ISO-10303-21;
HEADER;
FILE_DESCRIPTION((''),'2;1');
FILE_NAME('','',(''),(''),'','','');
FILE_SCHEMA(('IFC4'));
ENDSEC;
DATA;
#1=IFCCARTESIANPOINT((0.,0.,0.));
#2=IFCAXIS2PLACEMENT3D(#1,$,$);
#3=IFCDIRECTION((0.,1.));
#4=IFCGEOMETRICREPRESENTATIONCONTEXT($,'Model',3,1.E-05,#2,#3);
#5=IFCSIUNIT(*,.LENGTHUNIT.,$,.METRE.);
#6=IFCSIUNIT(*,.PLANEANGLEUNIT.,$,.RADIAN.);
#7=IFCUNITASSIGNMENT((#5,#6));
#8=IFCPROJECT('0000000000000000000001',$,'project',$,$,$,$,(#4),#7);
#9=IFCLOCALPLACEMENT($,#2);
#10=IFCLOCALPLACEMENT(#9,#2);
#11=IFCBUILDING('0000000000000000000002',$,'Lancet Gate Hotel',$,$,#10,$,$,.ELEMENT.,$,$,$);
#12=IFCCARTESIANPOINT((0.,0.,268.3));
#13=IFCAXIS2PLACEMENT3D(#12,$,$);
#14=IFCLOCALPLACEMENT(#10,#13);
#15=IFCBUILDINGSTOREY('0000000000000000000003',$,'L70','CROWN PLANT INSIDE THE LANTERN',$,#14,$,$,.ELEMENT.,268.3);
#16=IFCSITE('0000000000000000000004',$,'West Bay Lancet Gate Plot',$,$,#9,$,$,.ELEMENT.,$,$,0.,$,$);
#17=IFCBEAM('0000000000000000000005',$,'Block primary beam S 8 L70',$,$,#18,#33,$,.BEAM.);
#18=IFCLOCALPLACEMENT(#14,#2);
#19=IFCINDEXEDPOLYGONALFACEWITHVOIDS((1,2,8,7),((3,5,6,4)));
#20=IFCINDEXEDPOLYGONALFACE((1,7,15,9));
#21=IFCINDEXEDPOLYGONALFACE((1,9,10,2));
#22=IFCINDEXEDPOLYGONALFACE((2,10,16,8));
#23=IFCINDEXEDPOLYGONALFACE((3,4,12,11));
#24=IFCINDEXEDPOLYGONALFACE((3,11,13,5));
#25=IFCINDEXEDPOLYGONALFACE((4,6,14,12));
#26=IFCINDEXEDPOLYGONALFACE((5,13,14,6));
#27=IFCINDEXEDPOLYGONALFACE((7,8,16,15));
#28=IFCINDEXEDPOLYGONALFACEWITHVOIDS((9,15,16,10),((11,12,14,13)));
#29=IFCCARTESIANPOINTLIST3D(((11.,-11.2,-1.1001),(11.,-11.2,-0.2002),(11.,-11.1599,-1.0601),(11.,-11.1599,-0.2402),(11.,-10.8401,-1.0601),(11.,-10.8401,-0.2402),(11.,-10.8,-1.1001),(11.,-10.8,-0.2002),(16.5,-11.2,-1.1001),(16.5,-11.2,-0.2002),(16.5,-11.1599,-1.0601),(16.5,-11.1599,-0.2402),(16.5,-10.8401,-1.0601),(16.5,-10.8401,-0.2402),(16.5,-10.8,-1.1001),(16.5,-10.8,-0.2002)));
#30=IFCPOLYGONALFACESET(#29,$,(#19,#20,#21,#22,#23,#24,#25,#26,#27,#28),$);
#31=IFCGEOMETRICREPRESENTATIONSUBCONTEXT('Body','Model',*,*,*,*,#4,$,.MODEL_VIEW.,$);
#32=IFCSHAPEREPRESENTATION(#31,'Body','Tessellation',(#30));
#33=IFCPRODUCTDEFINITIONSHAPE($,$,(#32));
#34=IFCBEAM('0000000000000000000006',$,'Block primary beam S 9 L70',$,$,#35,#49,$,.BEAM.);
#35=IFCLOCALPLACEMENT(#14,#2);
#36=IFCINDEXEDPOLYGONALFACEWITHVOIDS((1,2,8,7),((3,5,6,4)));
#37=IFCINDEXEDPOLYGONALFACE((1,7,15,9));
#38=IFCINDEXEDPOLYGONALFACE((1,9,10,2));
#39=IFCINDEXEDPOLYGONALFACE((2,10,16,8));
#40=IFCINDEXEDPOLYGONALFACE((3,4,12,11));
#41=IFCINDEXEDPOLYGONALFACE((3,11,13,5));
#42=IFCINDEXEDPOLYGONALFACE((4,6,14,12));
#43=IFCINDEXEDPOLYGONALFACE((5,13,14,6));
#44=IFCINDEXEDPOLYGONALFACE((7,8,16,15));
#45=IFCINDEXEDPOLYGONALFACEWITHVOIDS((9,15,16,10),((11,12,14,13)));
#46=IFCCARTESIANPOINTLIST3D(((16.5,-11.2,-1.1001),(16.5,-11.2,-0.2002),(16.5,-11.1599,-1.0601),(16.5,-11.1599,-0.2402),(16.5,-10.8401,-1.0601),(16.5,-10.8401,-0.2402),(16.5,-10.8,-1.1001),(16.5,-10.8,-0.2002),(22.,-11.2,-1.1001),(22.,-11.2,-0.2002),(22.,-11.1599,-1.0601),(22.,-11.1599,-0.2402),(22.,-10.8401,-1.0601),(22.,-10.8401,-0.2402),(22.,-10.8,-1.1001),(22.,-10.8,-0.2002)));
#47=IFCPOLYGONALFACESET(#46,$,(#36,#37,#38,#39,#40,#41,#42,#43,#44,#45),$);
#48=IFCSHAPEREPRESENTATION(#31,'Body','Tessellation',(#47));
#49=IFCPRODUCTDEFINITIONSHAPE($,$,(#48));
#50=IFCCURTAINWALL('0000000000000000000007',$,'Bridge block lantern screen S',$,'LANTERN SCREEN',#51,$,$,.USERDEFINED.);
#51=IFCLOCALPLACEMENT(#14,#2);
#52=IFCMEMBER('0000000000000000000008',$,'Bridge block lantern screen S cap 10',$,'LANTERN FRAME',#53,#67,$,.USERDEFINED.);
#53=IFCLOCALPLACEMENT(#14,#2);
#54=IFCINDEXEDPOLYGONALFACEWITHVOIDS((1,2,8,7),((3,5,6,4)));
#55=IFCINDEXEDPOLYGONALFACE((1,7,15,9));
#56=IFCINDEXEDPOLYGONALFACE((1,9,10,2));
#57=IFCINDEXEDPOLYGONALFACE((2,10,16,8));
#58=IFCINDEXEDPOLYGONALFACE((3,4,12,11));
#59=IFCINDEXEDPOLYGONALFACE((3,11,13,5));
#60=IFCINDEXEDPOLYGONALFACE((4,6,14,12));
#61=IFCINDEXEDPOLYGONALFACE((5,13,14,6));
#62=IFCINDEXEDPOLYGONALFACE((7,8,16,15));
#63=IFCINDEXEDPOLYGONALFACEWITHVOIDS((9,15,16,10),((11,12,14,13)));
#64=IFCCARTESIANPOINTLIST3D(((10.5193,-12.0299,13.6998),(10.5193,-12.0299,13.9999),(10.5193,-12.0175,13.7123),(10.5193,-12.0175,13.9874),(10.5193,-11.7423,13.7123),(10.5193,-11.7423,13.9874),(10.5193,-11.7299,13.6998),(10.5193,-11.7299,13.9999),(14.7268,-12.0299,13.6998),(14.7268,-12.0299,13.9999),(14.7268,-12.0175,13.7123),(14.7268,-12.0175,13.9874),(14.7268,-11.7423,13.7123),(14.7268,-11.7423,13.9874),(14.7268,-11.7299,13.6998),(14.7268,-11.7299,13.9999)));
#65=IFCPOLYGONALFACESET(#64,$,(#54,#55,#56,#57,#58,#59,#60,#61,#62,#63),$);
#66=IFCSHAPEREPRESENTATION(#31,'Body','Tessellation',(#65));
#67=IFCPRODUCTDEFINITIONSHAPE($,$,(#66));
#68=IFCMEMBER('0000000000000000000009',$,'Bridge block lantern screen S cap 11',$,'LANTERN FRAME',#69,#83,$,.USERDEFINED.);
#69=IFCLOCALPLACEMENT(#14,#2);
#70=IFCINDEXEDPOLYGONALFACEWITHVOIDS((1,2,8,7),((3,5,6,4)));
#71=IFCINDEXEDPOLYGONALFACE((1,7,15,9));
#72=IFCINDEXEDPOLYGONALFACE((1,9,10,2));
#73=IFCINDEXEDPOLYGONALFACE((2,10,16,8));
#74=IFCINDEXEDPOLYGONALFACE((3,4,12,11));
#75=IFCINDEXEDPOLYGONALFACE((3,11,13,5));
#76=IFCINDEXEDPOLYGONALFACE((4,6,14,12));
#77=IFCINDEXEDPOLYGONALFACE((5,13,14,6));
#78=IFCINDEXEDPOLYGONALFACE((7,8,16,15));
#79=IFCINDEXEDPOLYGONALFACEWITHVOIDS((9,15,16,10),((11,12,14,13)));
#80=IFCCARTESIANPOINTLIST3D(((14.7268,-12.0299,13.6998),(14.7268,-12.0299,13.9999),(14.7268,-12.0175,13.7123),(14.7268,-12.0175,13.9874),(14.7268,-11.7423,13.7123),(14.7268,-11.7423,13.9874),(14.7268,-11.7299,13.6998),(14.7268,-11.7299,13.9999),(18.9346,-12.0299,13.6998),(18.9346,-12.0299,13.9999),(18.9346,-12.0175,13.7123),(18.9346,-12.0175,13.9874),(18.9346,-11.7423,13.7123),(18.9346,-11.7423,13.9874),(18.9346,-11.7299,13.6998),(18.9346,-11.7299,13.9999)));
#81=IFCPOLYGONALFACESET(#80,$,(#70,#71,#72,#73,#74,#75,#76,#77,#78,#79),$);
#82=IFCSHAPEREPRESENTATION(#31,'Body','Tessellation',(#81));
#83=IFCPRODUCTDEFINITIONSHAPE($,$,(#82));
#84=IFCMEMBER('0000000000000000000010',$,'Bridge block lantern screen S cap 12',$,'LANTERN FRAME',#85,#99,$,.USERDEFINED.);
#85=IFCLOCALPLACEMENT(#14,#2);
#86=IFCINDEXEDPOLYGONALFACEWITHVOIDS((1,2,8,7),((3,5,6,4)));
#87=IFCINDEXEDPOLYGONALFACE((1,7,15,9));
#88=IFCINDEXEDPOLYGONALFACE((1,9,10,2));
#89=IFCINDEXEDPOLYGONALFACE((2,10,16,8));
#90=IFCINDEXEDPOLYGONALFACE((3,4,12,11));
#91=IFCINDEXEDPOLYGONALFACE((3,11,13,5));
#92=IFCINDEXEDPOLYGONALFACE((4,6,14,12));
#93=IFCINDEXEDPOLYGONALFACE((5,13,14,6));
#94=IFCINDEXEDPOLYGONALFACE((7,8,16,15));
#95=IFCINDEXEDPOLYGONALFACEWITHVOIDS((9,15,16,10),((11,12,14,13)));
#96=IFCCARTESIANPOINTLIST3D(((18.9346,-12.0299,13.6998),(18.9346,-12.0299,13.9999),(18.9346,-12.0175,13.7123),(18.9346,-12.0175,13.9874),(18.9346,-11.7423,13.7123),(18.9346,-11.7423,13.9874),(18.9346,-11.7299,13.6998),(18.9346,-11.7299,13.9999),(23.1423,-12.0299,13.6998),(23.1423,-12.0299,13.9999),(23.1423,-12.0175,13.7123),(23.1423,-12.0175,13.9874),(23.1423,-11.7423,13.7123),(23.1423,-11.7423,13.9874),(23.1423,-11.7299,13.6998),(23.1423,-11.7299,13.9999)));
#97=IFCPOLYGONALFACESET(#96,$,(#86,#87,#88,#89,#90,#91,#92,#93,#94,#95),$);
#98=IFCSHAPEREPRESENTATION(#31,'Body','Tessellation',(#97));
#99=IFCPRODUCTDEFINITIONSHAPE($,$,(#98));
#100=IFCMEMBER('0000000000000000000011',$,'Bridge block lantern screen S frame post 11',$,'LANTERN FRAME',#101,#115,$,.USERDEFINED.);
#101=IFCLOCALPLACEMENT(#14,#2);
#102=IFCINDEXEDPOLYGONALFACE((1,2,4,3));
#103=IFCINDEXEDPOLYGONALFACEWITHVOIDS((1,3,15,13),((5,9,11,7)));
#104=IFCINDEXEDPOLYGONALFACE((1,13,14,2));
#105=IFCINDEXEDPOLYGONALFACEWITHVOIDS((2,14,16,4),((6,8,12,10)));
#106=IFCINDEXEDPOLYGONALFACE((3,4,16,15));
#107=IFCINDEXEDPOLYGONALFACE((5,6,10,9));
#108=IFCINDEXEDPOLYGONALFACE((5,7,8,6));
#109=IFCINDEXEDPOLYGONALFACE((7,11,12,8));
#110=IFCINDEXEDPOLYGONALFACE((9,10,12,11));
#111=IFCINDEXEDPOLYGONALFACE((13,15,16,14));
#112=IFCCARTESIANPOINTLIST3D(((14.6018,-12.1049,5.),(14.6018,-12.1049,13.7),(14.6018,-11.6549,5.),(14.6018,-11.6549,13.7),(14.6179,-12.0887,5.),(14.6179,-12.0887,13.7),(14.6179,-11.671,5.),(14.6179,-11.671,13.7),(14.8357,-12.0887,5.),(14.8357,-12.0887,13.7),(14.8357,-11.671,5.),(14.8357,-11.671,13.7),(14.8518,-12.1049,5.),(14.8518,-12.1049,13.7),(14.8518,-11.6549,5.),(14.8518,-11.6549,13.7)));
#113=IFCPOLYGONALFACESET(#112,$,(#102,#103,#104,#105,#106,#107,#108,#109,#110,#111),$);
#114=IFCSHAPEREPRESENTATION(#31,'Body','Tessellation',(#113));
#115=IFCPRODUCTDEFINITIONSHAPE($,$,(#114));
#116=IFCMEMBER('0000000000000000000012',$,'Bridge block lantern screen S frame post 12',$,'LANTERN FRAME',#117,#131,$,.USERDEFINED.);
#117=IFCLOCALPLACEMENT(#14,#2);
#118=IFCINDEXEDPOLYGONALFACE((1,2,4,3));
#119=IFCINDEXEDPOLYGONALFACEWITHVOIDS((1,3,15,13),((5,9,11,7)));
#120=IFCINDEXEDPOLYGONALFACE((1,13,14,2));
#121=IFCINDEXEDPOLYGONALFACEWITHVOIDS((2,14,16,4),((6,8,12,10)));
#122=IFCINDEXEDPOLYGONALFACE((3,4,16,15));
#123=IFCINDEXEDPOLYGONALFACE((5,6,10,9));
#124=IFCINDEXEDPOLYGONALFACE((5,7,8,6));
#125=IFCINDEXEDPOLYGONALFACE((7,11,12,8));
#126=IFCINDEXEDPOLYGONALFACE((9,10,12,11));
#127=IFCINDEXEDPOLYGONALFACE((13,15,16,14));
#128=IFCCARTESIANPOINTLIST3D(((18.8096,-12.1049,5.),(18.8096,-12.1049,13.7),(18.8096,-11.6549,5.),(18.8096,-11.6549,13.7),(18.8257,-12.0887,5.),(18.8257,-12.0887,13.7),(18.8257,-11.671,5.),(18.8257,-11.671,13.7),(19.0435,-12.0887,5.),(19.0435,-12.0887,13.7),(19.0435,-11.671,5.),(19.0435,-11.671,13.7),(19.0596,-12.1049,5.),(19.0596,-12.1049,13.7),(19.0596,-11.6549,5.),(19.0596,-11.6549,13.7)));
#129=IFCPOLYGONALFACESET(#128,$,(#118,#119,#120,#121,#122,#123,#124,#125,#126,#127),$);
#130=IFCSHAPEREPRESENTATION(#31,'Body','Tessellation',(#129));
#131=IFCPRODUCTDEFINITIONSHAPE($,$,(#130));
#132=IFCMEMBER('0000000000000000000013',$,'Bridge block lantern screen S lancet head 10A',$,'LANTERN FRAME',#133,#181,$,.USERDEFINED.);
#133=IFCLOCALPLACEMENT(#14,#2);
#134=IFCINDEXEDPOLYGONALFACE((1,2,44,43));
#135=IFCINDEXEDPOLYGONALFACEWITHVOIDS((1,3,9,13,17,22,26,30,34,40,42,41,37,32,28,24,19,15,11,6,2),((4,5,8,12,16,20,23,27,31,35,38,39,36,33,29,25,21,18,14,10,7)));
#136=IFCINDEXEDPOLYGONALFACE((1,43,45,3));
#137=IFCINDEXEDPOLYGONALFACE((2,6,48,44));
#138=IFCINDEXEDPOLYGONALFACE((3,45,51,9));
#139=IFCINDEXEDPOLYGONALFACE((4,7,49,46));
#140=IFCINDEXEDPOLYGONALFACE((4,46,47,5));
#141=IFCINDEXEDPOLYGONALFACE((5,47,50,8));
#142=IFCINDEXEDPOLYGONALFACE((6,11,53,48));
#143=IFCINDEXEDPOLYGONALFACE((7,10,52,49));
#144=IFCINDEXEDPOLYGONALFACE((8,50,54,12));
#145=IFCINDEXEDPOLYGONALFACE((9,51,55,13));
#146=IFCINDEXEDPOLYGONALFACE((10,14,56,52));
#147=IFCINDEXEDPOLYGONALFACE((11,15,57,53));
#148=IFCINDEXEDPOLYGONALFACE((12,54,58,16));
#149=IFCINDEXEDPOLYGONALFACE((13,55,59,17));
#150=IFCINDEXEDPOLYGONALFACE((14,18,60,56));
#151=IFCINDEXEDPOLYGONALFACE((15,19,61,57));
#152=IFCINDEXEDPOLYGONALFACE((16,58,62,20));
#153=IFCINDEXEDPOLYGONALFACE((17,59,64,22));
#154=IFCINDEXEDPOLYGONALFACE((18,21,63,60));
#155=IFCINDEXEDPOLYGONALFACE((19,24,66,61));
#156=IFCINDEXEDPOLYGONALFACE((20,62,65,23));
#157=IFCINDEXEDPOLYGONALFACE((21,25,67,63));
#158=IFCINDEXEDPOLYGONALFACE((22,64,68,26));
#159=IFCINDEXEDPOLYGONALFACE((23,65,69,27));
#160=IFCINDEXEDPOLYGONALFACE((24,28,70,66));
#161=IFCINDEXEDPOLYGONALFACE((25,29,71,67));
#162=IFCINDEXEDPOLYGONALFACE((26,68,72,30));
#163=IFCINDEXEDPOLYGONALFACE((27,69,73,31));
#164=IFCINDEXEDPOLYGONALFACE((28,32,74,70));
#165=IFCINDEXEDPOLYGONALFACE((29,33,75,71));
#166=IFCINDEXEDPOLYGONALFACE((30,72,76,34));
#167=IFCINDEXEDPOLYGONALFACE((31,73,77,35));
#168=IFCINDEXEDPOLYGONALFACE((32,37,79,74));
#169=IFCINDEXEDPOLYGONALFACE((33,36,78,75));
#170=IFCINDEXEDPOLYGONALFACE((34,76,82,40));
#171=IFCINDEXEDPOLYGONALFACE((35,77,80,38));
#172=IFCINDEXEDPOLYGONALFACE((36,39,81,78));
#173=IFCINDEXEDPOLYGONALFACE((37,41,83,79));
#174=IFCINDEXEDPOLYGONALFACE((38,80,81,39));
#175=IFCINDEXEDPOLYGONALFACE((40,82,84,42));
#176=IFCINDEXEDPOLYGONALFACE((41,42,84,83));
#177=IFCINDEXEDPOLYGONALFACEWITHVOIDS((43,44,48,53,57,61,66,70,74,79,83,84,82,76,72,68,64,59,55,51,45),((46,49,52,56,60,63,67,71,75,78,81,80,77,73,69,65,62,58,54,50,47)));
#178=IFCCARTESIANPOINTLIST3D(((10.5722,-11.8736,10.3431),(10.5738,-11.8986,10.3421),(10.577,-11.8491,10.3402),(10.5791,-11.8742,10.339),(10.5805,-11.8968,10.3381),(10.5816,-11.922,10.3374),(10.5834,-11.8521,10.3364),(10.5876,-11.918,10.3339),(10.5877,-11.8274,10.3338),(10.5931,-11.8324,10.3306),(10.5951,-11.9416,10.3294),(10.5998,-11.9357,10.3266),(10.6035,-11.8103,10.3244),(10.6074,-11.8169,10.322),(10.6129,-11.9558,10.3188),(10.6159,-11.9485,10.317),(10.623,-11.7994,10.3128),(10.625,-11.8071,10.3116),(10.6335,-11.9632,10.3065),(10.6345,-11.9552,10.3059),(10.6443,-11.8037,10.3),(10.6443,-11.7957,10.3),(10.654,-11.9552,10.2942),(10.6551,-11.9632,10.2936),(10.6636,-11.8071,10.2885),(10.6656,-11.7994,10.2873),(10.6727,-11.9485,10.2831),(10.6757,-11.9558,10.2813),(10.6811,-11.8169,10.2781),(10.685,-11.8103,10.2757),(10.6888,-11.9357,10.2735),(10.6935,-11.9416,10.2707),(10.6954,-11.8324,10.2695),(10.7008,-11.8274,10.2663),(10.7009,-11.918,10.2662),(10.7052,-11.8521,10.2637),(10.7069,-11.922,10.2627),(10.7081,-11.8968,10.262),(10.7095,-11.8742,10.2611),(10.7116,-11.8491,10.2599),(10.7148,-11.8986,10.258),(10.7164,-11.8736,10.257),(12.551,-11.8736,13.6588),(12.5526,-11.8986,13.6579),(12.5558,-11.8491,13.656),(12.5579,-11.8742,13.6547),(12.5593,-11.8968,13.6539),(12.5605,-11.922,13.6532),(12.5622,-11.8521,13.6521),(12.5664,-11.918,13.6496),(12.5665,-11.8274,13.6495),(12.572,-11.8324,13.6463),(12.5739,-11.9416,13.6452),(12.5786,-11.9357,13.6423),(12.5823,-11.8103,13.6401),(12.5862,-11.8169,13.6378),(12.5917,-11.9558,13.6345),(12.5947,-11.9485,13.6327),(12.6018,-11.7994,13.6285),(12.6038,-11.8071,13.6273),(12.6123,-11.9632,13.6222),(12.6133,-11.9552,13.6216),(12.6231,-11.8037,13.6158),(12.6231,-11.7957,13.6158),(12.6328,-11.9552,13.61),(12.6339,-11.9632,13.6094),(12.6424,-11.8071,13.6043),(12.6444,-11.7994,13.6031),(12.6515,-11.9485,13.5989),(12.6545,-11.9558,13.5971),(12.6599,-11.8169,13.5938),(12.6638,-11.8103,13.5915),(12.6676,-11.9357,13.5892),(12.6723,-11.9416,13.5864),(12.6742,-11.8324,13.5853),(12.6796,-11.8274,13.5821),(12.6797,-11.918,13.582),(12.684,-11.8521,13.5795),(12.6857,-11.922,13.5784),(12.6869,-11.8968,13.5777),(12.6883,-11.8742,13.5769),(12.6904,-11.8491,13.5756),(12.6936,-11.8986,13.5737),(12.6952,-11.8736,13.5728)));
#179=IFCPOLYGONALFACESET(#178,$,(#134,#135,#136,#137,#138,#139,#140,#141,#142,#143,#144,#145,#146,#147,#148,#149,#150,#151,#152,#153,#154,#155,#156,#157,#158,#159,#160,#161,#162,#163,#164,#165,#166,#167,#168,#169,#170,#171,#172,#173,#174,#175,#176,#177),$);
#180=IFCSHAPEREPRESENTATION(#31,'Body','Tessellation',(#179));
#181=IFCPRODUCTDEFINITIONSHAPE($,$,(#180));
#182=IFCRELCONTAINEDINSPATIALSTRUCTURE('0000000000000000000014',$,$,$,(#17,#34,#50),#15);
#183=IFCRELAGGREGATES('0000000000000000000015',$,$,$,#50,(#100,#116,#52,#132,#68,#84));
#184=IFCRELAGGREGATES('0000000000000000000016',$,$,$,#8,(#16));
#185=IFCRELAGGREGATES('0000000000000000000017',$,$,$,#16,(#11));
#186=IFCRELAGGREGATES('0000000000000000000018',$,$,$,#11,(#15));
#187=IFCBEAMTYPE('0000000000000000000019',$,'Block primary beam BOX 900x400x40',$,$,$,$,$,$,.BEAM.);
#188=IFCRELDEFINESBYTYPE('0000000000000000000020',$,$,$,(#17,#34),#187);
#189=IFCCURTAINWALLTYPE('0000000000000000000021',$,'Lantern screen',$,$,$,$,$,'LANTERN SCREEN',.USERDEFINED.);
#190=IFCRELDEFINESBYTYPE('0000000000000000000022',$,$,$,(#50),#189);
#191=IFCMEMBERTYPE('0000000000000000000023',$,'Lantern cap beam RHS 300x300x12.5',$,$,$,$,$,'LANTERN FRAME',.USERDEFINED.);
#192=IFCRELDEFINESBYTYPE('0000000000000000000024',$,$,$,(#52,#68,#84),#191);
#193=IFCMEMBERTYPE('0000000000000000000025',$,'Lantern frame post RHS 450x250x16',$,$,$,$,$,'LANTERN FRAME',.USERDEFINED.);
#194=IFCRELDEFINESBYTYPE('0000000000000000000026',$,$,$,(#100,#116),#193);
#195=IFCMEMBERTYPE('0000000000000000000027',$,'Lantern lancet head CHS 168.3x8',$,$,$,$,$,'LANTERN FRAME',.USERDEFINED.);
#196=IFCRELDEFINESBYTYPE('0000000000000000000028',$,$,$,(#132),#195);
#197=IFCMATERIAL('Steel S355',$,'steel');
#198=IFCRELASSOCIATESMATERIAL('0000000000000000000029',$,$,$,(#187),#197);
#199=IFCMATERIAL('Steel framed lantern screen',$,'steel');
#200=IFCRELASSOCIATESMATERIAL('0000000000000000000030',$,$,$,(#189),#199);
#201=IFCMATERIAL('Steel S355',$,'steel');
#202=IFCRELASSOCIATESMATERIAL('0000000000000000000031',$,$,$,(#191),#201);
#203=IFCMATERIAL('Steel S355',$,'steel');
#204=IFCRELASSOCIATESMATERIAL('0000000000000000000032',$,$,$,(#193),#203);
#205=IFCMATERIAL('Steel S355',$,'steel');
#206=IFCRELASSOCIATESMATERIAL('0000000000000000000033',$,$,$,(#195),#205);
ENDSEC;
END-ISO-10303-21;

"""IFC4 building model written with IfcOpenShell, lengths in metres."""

from ifc_helpers import new_model, si_unit, direction, frame, origin, origin_2d, place, context, subcontext, project, spatial, hollow_rectangle, hollow_circle, extrude, material, material_profile, profile_set, type_object, element, aggregate, save


model = new_model("IFC4")

# Units and contexts
model_context = context("Model", 3, precision=1e-05, world=origin(), true_north=direction((0.0, 1.0)))
body_context = subcontext(model_context, "Body", "Model", "MODEL_VIEW")
ifc_project = project(units=[si_unit("LENGTHUNIT", "METRE"), si_unit("PLANEANGLEUNIT", "RADIAN")], contexts=[model_context])

# Site, building, storey
site_placement = place(None, origin())
site = spatial("IfcSite", under=ifc_project, at=site_placement, Name="West Bay Lancet Gate Plot", CompositionType="ELEMENT", RefElevation=0.0)
building_placement = place(site_placement, origin())
building = spatial("IfcBuilding", under=site, at=building_placement, Name="Lancet Gate Hotel", CompositionType="ELEMENT")
storey_placement = place(building_placement, frame((0.0, 0.0, 268.3)))
storey = spatial("IfcBuildingStorey", under=building, at=storey_placement, Name="L70", Description="CROWN PLANT INSIDE THE LANTERN", CompositionType="ELEMENT", Elevation=268.3)

# Beams
ifc_material_1 = material(Name="Steel S355", Category="steel")
ifc_material_profile_1 = material_profile(ifc_material_1, hollow_rectangle(XDim=0.3999, YDim=0.8999, WallThickness=0.04, at=origin_2d()), Name="BOX 900x400x40")
ifc_profile_set_1 = profile_set([ifc_material_profile_1], Name="Steel S355")
beam_type_1 = type_object("IfcBeamType", Name="Block primary beam BOX 900x400x40", PredefinedType="BEAM", material=ifc_profile_set_1)
for number, where, z_axis, x_axis, name in (
    (1, (11.0, -11.0, -0.6501), (1.0, 0.0, 0.0), (0.0, 1.0, 0.0), "Block primary beam S 8 L70"),
    (2, (16.5, -11.0, -0.6501), (1.0, 0.0, 0.0), (0.0, 1.0, 0.0), "Block primary beam S 9 L70"),
):
    element("IfcBeam", number, at=place(storey_placement, frame(where, z_axis=z_axis, x_axis=x_axis)), inside=storey, type_object=beam_type_1, Name=name, PredefinedType="BEAM", context=body_context, shape_type="SweptSolid", body=[
        extrude(hollow_rectangle(XDim=0.3999, YDim=0.8999, WallThickness=0.04, at=origin_2d()), origin(), (0.0, 0.0, 1.0), 5.5),
    ])

# Curtain wall, members
ifc_material_2 = material(Name="Steel framed lantern screen", Category="steel")
curtain_wall_type_1 = type_object("IfcCurtainWallType", Name="Lantern screen", ElementType="LANTERN SCREEN", PredefinedType="USERDEFINED", material=ifc_material_2)
curtain_wall_1_placement = place(storey_placement, origin())
curtain_wall_1 = element("IfcCurtainWall", 3, at=curtain_wall_1_placement, inside=storey, type_object=curtain_wall_type_1, Name="Bridge block lantern screen S", ObjectType="LANTERN SCREEN", PredefinedType="USERDEFINED")
ifc_material_3 = material(Name="Steel S355", Category="steel")
ifc_material_profile_2 = material_profile(ifc_material_3, hollow_rectangle(XDim=0.3, YDim=0.3, WallThickness=0.0125, at=origin_2d()), Name="RHS 300x300x12.5")
ifc_profile_set_2 = profile_set([ifc_material_profile_2], Name="Steel S355")
member_type_1 = type_object("IfcMemberType", Name="Lantern cap beam RHS 300x300x12.5", ElementType="LANTERN FRAME", PredefinedType="USERDEFINED", material=ifc_profile_set_2)
member_1_placement = place(storey_placement, frame((10.5193, -11.8799, 13.8499), z_axis=(1.0, 0.0, 0.0), x_axis=(0.0, 1.0, 0.0)))
member_1 = element("IfcMember", 4, at=member_1_placement, type_object=member_type_1, Name="Bridge block lantern screen S cap 10", ObjectType="LANTERN FRAME", PredefinedType="USERDEFINED", context=body_context, shape_type="SweptSolid", body=[
    extrude(hollow_rectangle(XDim=0.3, YDim=0.3, WallThickness=0.0125, at=origin_2d()), origin(), (0.0, 0.0, 1.0), 4.2075),
])
member_2_placement = place(storey_placement, frame((14.7268, -11.8799, 13.8499), z_axis=(1.0, 0.0, 0.0), x_axis=(0.0, 1.0, 0.0)))
member_2 = element("IfcMember", 5, at=member_2_placement, type_object=member_type_1, Name="Bridge block lantern screen S cap 11", ObjectType="LANTERN FRAME", PredefinedType="USERDEFINED", context=body_context, shape_type="SweptSolid", body=[
    extrude(hollow_rectangle(XDim=0.3, YDim=0.3, WallThickness=0.0125, at=origin_2d()), origin(), (0.0, 0.0, 1.0), 4.2078),
])
member_3_placement = place(storey_placement, frame((18.9346, -11.8799, 13.8499), z_axis=(1.0, 0.0, 0.0), x_axis=(0.0, 1.0, 0.0)))
member_3 = element("IfcMember", 6, at=member_3_placement, type_object=member_type_1, Name="Bridge block lantern screen S cap 12", ObjectType="LANTERN FRAME", PredefinedType="USERDEFINED", context=body_context, shape_type="SweptSolid", body=[
    extrude(hollow_rectangle(XDim=0.3, YDim=0.3, WallThickness=0.0125, at=origin_2d()), origin(), (0.0, 0.0, 1.0), 4.2078),
])
ifc_material_4 = material(Name="Steel S355", Category="steel")
ifc_material_profile_3 = material_profile(ifc_material_4, hollow_rectangle(XDim=0.25, YDim=0.45, WallThickness=0.0161, at=origin_2d()), Name="RHS 450x250x16")
ifc_profile_set_3 = profile_set([ifc_material_profile_3], Name="Steel S355")
member_type_2 = type_object("IfcMemberType", Name="Lantern frame post RHS 450x250x16", ElementType="LANTERN FRAME", PredefinedType="USERDEFINED", material=ifc_profile_set_3)
member_4_placement = place(storey_placement, frame((14.7268, -11.8799, 5.0), z_axis=(0.0, 0.0, 1.0), x_axis=(1.0, 0.0, 0.0)))
member_4 = element("IfcMember", 7, at=member_4_placement, type_object=member_type_2, Name="Bridge block lantern screen S frame post 11", ObjectType="LANTERN FRAME", PredefinedType="USERDEFINED", context=body_context, shape_type="SweptSolid", body=[
    extrude(hollow_rectangle(XDim=0.25, YDim=0.45, WallThickness=0.0161, at=origin_2d()), origin(), (0.0, 0.0, 1.0), 8.7),
])
member_5_placement = place(storey_placement, frame((18.9346, -11.8799, 5.0), z_axis=(0.0, 0.0, 1.0), x_axis=(1.0, 0.0, 0.0)))
member_5 = element("IfcMember", 8, at=member_5_placement, type_object=member_type_2, Name="Bridge block lantern screen S frame post 12", ObjectType="LANTERN FRAME", PredefinedType="USERDEFINED", context=body_context, shape_type="SweptSolid", body=[
    extrude(hollow_rectangle(XDim=0.25, YDim=0.45, WallThickness=0.0161, at=origin_2d()), origin(), (0.0, 0.0, 1.0), 8.7),
])
ifc_material_5 = material(Name="Steel S355", Category="steel")
ifc_material_profile_4 = material_profile(ifc_material_5, hollow_circle(Radius=0.0842, WallThickness=0.0081, at=origin_2d()), Name="CHS 168.3x8.0")
ifc_profile_set_4 = profile_set([ifc_material_profile_4], Name="Steel S355")
member_type_3 = type_object("IfcMemberType", Name="Lantern lancet head CHS 168.3x8", ElementType="LANTERN FRAME", PredefinedType="USERDEFINED", material=ifc_profile_set_4)
member_6_placement = place(storey_placement, frame((10.6443, -11.8799, 10.3), z_axis=(0.512467, 0.0, 0.858707), x_axis=(0.0, 1.0, 0.0)))
member_6 = element("IfcMember", 9, at=member_6_placement, type_object=member_type_3, Name="Bridge block lantern screen S lancet head 10A", ObjectType="LANTERN FRAME", PredefinedType="USERDEFINED", context=body_context, shape_type="SweptSolid", body=[
    extrude(hollow_circle(Radius=0.0842, WallThickness=0.0081, at=origin_2d()), origin(), (0.0, 0.0, 1.0), 3.8613),
])

aggregate(curtain_wall_1, [member_4, member_5, member_1, member_6, member_2, member_3])

save(model, "model.ifc")
